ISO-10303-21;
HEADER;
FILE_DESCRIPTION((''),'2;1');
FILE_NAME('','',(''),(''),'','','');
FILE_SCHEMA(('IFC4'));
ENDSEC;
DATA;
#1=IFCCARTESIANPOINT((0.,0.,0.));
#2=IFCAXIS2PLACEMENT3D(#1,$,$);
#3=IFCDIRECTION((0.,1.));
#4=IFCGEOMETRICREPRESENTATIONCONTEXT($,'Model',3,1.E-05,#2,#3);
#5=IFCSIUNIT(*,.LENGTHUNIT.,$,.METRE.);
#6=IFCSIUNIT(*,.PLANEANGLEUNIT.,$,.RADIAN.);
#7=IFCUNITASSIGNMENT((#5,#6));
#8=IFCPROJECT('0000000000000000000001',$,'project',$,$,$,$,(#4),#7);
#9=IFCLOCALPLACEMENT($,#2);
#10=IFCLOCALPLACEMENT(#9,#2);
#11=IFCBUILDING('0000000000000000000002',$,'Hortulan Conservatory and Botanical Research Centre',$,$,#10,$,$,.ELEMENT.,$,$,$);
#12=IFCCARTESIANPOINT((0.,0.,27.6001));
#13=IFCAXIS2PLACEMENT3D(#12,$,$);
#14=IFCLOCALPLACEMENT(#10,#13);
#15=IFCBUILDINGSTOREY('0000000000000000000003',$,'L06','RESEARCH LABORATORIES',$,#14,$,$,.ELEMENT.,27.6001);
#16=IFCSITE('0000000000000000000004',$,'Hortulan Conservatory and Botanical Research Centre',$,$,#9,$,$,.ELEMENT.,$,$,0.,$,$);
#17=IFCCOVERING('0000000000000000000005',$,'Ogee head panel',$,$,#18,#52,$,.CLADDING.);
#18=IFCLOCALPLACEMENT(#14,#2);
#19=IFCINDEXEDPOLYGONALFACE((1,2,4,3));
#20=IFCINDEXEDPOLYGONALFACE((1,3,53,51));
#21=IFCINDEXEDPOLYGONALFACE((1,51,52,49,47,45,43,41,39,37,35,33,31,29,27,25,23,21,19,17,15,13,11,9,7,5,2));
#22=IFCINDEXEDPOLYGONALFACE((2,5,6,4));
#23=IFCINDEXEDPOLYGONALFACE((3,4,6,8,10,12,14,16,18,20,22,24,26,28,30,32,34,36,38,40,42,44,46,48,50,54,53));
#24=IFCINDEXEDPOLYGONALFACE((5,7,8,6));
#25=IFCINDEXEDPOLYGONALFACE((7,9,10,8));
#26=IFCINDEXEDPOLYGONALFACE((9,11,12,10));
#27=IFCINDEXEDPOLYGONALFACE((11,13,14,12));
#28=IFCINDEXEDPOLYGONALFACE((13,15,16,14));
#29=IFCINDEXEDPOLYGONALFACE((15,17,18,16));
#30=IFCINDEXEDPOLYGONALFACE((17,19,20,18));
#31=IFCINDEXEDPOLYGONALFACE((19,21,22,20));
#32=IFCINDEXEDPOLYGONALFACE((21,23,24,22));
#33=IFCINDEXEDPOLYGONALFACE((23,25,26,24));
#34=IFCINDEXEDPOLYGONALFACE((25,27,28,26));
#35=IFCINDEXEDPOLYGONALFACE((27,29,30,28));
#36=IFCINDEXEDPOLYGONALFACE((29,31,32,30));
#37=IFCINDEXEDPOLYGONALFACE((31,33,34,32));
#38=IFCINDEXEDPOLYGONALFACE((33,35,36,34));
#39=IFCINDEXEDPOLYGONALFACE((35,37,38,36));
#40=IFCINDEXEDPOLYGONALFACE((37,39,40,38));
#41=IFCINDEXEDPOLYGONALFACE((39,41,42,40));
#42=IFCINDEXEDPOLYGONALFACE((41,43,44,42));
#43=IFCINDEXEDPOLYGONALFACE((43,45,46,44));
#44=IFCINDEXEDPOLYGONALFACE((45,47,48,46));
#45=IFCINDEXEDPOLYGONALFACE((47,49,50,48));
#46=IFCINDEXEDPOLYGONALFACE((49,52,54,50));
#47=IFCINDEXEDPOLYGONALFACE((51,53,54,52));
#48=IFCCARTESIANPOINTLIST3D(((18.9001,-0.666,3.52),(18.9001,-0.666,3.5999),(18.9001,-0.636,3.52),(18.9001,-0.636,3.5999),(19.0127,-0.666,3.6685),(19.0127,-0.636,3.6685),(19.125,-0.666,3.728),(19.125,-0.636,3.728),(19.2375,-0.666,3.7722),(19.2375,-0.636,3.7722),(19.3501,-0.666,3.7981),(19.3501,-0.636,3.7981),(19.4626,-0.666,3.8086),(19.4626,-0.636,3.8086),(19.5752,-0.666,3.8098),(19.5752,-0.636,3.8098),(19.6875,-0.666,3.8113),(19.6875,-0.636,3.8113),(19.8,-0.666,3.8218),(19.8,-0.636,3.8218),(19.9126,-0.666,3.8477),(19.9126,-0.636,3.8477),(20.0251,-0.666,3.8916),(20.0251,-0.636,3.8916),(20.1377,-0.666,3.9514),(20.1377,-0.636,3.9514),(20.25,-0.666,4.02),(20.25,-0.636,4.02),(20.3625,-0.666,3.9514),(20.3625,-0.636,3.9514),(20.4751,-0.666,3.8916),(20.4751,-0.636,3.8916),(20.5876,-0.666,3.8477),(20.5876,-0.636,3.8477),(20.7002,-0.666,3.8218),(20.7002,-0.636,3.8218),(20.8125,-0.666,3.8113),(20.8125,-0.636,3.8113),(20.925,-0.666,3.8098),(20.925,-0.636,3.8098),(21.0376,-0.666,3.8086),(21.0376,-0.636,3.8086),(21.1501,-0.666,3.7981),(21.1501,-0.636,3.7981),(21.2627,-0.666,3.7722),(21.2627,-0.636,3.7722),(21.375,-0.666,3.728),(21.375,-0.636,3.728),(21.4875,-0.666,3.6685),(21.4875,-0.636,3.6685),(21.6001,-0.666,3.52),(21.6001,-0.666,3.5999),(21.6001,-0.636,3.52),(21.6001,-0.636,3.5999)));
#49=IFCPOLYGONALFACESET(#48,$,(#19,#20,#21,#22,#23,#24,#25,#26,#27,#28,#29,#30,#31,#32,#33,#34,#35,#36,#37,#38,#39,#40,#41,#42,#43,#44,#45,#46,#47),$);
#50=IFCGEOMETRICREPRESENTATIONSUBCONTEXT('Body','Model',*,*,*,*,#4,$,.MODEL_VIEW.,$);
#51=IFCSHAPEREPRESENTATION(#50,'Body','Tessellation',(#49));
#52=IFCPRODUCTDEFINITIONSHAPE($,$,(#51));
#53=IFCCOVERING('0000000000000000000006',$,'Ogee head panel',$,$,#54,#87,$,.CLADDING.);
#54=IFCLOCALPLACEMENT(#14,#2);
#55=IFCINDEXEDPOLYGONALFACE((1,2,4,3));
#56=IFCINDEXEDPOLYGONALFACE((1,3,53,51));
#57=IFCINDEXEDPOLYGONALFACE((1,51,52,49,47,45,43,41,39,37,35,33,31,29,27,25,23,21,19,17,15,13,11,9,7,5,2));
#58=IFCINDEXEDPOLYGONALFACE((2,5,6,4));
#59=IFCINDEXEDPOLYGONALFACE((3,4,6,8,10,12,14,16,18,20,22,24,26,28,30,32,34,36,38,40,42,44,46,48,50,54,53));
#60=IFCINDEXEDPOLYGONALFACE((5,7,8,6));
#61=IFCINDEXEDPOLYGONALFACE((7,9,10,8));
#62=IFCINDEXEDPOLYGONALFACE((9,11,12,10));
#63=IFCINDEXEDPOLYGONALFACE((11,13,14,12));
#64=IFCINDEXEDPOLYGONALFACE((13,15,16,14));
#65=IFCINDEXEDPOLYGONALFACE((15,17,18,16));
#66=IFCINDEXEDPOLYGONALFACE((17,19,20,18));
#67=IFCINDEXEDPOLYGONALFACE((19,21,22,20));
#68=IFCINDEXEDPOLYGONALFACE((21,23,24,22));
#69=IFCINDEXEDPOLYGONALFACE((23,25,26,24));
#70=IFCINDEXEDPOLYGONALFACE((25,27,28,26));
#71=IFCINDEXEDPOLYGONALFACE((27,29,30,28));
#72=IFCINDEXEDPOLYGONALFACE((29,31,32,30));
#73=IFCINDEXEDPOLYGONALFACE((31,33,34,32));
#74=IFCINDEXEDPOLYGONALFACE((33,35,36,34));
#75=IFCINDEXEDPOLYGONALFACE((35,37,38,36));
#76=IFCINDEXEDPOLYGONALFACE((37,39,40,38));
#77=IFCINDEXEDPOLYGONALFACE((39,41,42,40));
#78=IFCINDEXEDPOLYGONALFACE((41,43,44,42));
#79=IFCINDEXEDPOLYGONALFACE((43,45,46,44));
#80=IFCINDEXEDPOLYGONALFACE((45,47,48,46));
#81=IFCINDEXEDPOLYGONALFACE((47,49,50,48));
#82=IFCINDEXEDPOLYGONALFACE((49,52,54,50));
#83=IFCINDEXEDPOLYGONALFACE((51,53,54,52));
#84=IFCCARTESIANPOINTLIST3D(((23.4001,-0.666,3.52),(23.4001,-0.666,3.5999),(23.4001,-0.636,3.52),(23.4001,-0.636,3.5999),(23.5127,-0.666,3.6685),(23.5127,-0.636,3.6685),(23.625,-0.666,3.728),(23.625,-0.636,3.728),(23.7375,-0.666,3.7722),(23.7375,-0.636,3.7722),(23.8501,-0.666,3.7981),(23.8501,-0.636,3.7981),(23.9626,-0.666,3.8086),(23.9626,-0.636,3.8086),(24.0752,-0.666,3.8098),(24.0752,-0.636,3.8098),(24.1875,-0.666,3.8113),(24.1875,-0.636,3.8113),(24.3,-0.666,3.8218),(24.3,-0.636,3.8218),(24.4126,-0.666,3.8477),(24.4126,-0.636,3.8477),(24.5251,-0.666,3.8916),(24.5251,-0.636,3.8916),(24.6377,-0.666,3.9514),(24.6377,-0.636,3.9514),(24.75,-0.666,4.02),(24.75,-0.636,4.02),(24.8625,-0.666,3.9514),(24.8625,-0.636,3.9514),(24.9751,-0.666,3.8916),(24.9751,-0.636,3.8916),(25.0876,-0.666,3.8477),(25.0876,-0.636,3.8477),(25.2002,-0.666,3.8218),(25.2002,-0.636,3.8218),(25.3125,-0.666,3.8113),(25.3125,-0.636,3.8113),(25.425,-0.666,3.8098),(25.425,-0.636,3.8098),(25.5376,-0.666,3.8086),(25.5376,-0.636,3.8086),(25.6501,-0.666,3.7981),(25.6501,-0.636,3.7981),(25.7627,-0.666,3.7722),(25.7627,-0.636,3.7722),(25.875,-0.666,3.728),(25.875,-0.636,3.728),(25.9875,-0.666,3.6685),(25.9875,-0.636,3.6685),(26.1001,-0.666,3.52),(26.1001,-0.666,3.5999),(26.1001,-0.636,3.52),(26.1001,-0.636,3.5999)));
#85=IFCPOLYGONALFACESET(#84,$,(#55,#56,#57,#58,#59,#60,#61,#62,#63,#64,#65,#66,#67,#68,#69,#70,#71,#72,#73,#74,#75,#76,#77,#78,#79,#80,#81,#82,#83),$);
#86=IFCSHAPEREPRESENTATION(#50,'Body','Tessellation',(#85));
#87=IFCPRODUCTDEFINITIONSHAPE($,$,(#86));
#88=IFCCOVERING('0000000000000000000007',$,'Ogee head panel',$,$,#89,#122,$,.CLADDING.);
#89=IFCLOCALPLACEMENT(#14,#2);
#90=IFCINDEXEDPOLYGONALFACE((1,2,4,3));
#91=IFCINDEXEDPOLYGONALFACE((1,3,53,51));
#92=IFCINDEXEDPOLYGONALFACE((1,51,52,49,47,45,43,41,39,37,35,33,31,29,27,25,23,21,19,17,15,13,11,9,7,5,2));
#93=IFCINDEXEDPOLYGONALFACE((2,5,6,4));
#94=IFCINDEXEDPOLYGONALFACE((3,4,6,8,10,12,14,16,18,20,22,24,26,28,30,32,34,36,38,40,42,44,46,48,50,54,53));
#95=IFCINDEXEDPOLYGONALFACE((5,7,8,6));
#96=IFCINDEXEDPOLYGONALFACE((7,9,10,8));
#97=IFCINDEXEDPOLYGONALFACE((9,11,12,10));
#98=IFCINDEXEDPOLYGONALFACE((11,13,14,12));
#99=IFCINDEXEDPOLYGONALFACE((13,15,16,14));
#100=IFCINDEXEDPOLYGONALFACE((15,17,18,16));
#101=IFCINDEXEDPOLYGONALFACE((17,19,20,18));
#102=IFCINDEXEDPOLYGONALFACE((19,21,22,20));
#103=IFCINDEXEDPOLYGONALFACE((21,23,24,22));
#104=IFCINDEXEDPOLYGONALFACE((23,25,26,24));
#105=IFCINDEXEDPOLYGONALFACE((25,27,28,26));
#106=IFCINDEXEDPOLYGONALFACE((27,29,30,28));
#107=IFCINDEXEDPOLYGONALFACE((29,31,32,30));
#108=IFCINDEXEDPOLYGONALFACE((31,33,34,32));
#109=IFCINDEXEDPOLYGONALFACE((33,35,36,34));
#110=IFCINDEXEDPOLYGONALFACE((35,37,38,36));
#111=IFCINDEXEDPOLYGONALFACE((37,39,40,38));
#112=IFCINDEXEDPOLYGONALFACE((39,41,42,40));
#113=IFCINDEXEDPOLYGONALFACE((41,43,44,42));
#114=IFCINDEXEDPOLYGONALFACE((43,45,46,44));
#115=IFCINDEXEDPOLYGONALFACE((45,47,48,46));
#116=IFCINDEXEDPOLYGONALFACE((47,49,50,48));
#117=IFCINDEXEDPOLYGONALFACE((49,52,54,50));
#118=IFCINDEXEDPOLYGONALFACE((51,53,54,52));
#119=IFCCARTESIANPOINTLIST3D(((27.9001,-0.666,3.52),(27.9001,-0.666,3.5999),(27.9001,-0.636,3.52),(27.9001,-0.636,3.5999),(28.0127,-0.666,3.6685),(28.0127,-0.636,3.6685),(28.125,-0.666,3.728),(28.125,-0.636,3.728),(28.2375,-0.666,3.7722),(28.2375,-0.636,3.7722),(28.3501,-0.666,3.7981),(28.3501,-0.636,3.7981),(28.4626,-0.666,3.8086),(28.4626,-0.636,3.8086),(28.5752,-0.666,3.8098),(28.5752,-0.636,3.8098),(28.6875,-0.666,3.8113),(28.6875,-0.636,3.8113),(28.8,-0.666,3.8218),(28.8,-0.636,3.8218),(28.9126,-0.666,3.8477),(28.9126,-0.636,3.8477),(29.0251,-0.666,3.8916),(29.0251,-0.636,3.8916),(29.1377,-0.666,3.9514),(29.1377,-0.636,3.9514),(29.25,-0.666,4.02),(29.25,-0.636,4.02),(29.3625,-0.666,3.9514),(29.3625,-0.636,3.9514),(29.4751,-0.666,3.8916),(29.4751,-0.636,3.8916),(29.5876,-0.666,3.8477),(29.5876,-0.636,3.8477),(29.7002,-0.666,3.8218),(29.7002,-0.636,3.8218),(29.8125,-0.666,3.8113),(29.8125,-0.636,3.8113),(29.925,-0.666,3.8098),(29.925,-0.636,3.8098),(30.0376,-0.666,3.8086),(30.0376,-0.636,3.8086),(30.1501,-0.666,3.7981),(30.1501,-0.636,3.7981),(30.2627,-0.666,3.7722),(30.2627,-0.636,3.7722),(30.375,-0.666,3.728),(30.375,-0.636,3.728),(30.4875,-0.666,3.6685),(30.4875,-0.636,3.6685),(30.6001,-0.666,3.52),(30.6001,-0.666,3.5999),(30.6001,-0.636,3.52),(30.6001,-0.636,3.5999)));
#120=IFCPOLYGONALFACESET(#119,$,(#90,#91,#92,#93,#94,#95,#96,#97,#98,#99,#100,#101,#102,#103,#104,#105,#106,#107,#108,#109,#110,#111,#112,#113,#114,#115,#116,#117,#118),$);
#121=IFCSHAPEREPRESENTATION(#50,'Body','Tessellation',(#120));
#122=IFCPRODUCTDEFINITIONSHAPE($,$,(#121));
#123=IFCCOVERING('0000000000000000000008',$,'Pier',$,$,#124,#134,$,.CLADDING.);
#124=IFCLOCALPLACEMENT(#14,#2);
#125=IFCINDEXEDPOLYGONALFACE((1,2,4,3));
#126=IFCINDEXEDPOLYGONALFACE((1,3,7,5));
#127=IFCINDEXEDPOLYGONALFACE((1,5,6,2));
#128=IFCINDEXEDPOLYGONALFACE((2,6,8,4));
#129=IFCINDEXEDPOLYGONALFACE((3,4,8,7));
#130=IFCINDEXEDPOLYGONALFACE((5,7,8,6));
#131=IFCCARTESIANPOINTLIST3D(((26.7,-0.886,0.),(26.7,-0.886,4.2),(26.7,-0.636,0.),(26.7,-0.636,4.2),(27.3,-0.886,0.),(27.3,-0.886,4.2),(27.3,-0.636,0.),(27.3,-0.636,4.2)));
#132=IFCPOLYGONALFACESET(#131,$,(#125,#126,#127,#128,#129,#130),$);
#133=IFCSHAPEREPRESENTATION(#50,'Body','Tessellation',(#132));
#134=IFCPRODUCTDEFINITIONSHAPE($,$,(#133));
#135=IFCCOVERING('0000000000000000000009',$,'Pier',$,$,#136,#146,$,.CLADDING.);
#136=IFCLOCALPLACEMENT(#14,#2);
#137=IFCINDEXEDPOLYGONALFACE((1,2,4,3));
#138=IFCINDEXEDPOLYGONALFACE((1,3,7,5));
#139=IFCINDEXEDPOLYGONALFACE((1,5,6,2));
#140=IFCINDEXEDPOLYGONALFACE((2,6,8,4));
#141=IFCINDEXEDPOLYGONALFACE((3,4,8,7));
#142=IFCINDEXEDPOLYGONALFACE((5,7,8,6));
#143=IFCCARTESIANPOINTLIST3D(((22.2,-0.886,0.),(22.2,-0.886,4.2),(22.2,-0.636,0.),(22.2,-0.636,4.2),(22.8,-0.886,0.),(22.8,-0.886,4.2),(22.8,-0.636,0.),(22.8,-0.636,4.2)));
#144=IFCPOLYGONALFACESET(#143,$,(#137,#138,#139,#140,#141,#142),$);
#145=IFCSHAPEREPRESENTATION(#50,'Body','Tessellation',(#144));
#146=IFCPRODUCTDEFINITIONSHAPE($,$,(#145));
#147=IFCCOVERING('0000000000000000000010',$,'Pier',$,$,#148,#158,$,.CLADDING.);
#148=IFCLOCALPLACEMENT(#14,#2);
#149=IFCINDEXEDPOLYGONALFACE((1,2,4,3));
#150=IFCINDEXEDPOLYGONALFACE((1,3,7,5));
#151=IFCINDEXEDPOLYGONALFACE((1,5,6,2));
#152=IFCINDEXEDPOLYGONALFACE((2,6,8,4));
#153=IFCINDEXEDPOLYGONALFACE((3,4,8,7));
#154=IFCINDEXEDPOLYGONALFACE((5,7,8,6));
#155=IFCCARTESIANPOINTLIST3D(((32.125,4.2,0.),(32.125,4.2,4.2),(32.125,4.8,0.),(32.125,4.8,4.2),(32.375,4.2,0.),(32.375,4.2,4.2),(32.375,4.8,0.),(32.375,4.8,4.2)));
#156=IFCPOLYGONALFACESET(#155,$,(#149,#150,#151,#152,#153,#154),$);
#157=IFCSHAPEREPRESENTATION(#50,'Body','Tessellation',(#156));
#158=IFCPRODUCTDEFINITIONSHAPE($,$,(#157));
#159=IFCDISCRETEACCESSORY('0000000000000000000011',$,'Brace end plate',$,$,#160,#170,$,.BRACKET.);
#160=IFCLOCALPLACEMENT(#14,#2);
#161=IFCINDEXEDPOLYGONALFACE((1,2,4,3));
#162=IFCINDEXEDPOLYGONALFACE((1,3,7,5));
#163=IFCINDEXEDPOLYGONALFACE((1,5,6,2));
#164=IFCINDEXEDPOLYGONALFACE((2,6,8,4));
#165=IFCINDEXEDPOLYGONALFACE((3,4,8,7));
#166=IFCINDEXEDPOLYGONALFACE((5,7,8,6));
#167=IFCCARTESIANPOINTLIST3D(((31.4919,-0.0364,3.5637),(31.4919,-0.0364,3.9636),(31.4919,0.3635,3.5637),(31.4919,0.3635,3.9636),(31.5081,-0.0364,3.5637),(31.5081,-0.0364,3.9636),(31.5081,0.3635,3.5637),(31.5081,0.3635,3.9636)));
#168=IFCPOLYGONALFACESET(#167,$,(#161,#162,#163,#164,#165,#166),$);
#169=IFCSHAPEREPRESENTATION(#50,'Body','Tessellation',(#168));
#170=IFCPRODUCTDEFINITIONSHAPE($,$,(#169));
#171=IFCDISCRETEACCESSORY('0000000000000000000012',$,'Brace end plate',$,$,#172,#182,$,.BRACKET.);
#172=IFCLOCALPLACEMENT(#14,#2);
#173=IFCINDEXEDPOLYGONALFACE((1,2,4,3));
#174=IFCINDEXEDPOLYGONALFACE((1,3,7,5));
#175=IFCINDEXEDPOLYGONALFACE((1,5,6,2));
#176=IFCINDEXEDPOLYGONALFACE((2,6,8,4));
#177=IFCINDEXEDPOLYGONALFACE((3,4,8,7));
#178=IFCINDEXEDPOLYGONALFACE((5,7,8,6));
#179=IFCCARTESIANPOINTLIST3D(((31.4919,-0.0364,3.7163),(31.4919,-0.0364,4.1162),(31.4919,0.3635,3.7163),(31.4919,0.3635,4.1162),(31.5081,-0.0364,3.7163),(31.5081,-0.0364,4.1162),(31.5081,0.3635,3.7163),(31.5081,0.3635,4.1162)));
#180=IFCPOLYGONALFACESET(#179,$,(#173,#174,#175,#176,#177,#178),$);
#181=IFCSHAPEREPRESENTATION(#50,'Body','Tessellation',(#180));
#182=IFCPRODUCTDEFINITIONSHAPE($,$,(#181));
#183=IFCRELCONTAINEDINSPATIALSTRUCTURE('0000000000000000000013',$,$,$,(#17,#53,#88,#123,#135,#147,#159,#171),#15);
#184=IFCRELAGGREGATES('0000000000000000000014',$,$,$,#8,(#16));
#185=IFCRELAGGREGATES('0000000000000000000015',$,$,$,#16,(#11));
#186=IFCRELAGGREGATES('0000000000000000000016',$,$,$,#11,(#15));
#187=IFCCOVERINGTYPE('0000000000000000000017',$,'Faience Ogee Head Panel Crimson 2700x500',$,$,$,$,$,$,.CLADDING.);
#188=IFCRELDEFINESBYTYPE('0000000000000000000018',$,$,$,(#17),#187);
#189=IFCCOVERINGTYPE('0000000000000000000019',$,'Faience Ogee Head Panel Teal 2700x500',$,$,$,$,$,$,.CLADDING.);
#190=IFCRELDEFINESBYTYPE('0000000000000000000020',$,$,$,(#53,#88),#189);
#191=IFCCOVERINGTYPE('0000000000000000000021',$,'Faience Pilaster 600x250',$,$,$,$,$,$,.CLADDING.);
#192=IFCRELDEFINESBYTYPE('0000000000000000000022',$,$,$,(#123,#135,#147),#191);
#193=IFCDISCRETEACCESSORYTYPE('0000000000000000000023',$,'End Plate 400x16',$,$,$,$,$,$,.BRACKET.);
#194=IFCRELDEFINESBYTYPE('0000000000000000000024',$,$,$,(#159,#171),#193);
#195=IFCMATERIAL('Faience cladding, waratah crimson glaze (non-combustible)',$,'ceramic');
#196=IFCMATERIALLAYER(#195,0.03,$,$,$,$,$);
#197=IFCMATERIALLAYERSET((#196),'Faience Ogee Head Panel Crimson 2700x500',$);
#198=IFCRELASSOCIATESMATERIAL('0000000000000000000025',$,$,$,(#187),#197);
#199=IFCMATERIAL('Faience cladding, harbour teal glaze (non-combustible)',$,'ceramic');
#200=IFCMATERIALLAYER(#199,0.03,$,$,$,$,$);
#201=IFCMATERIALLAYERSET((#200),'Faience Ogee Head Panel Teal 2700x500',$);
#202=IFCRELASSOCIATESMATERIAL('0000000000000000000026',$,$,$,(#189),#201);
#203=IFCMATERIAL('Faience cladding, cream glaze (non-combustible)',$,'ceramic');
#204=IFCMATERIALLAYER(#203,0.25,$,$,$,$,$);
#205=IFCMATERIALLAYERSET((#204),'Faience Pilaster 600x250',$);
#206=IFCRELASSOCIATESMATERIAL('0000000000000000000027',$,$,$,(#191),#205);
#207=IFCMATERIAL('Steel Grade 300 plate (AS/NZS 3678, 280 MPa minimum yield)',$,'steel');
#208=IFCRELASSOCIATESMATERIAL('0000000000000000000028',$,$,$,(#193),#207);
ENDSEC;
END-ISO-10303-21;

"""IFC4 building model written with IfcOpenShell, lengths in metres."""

from ifc_helpers import new_model, si_unit, direction, frame, origin, origin_2d, place, context, subcontext, project, spatial, polyline, rectangle, outline, extrude, material, layer, layer_set, type_object, element, save


model = new_model("IFC4")

# Units and contexts
model_context = context("Model", 3, precision=1e-05, world=origin(), true_north=direction((0.0, 1.0)))
body_context = subcontext(model_context, "Body", "Model", "MODEL_VIEW")
ifc_project = project(units=[si_unit("LENGTHUNIT", "METRE"), si_unit("PLANEANGLEUNIT", "RADIAN")], contexts=[model_context])

# Site, building, storey
site_placement = place(None, origin())
site = spatial("IfcSite", under=ifc_project, at=site_placement, Name="Hortulan Conservatory and Botanical Research Centre", CompositionType="ELEMENT", RefElevation=0.0)
building_placement = place(site_placement, origin())
building = spatial("IfcBuilding", under=site, at=building_placement, Name="Hortulan Conservatory and Botanical Research Centre", CompositionType="ELEMENT")
storey_placement = place(building_placement, frame((0.0, 0.0, 27.6001)))
storey = spatial("IfcBuildingStorey", under=building, at=storey_placement, Name="L06", Description="RESEARCH LABORATORIES", CompositionType="ELEMENT", Elevation=27.6001)

# Coverings
ifc_material_1 = material(Name="Faience cladding, waratah crimson glaze (non-combustible)", Category="ceramic")
ifc_layer_1 = layer(ifc_material_1, 0.03)
ifc_layer_set_1 = layer_set([ifc_layer_1], Name="Faience Ogee Head Panel Crimson 2700x500")
covering_type_1 = type_object("IfcCoveringType", Name="Faience Ogee Head Panel Crimson 2700x500", PredefinedType="CLADDING", material=ifc_layer_set_1)
covering_placement = place(storey_placement, frame((21.6001, -0.6509, 3.52), z_axis=(0.0, 0.0, 1.0), x_axis=(-1.0, 0.0, 0.0)))
element("IfcCovering", 1, at=covering_placement, inside=storey, type_object=covering_type_1, Name="Ogee head panel", PredefinedType="CLADDING", context=body_context, shape_type="SweptSolid", body=[
    extrude(outline(polyline([(0.0, 0.0), (2.7, 0.0), (2.7, 0.0798), (2.5874, 0.1484), (2.4751, 0.208), (2.3625, 0.2522), (2.25, 0.2781), (2.1375, 0.2886), (2.0249, 0.2898), (1.9126, 0.2913), (1.8, 0.3018), (1.6875, 0.3276), (1.575, 0.3716), (1.4624, 0.4314), (1.3501, 0.5), (1.2375, 0.4314), (1.125, 0.3716), (1.0125, 0.3276), (0.8999, 0.3018), (0.7876, 0.2913), (0.675, 0.2898), (0.5625, 0.2886), (0.45, 0.2781), (0.3374, 0.2522), (0.2251, 0.208), (0.1125, 0.1484), (0.0, 0.0798), (0.0, 0.0)])), frame((0.0, 0.0151, 0.0), z_axis=(0.0, -1.0, 0.0), x_axis=(1.0, 0.0, 0.0)), (0.0, 0.0, 1.0), 0.03),
])
ifc_material_2 = material(Name="Faience cladding, harbour teal glaze (non-combustible)", Category="ceramic")
ifc_layer_2 = layer(ifc_material_2, 0.03)
ifc_layer_set_2 = layer_set([ifc_layer_2], Name="Faience Ogee Head Panel Teal 2700x500")
covering_type_2 = type_object("IfcCoveringType", Name="Faience Ogee Head Panel Teal 2700x500", PredefinedType="CLADDING", material=ifc_layer_set_2)
for number, where, z_axis, x_axis, name in (
    (2, (26.1001, -0.6509, 3.52), (0.0, 0.0, 1.0), (-1.0, 0.0, 0.0), "Ogee head panel"),
    (3, (30.6001, -0.6509, 3.52), (0.0, 0.0, 1.0), (-1.0, 0.0, 0.0), "Ogee head panel"),
):
    element("IfcCovering", number, at=place(storey_placement, frame(where, z_axis=z_axis, x_axis=x_axis)), inside=storey, type_object=covering_type_2, Name=name, PredefinedType="CLADDING", context=body_context, shape_type="SweptSolid", body=[
        extrude(outline(polyline([(0.0, 0.0), (2.7, 0.0), (2.7, 0.0798), (2.5874, 0.1484), (2.4751, 0.208), (2.3625, 0.2522), (2.25, 0.2781), (2.1375, 0.2886), (2.0249, 0.2898), (1.9126, 0.2913), (1.8, 0.3018), (1.6875, 0.3276), (1.575, 0.3716), (1.4624, 0.4314), (1.3501, 0.5), (1.2375, 0.4314), (1.125, 0.3716), (1.0125, 0.3276), (0.8999, 0.3018), (0.7876, 0.2913), (0.675, 0.2898), (0.5625, 0.2886), (0.45, 0.2781), (0.3374, 0.2522), (0.2251, 0.208), (0.1125, 0.1484), (0.0, 0.0798), (0.0, 0.0)])), frame((0.0, 0.0151, 0.0), z_axis=(0.0, -1.0, 0.0), x_axis=(1.0, 0.0, 0.0)), (0.0, 0.0, 1.0), 0.03),
    ])
ifc_material_3 = material(Name="Faience cladding, cream glaze (non-combustible)", Category="ceramic")
ifc_layer_3 = layer(ifc_material_3, 0.25)
ifc_layer_set_3 = layer_set([ifc_layer_3], Name="Faience Pilaster 600x250")
covering_type_3 = type_object("IfcCoveringType", Name="Faience Pilaster 600x250", PredefinedType="CLADDING", material=ifc_layer_set_3)
for number, where, z_axis, x_axis, name in (
    (4, (27.0, -0.761, 0.0), (0.0, 0.0, 1.0), (-1.0, 0.0, 0.0), "Pier"),
    (5, (22.5, -0.761, 0.0), (0.0, 0.0, 1.0), (-1.0, 0.0, 0.0), "Pier"),
    (6, (32.25, 4.5, 0.0), (0.0, 0.0, 1.0), (0.0, 1.0, 0.0), "Pier"),
):
    element("IfcCovering", number, at=place(storey_placement, frame(where, z_axis=z_axis, x_axis=x_axis)), inside=storey, type_object=covering_type_3, Name=name, PredefinedType="CLADDING", context=body_context, shape_type="SweptSolid", body=[
        extrude(rectangle(XDim=0.6001, YDim=0.25, at=origin_2d()), origin(), (0.0, 0.0, 1.0), 4.2),
    ])

# Discrete accessories
ifc_material_4 = material(Name="Steel Grade 300 plate (AS/NZS 3678, 280 MPa minimum yield)", Category="steel")
discrete_accessory_type = type_object("IfcDiscreteAccessoryType", Name="End Plate 400x16", PredefinedType="BRACKET", material=ifc_material_4)
for number, where, z_axis, x_axis, name in (
    (7, (31.5, 0.1636, 3.5637), (0.0, 0.0, 1.0), (0.0, -1.0, 0.0), "Brace end plate"),
    (8, (31.5, 0.1636, 3.7163), (0.0, 0.0, 1.0), (0.0, -1.0, 0.0), "Brace end plate"),
):
    element("IfcDiscreteAccessory", number, at=place(storey_placement, frame(where, z_axis=z_axis, x_axis=x_axis)), inside=storey, type_object=discrete_accessory_type, Name=name, PredefinedType="BRACKET", context=body_context, shape_type="SweptSolid", body=[
        extrude(rectangle(XDim=0.3999, YDim=0.0161, at=origin_2d()), origin(), (0.0, 0.0, 1.0), 0.3999),
    ])

save(model, "model.ifc")
